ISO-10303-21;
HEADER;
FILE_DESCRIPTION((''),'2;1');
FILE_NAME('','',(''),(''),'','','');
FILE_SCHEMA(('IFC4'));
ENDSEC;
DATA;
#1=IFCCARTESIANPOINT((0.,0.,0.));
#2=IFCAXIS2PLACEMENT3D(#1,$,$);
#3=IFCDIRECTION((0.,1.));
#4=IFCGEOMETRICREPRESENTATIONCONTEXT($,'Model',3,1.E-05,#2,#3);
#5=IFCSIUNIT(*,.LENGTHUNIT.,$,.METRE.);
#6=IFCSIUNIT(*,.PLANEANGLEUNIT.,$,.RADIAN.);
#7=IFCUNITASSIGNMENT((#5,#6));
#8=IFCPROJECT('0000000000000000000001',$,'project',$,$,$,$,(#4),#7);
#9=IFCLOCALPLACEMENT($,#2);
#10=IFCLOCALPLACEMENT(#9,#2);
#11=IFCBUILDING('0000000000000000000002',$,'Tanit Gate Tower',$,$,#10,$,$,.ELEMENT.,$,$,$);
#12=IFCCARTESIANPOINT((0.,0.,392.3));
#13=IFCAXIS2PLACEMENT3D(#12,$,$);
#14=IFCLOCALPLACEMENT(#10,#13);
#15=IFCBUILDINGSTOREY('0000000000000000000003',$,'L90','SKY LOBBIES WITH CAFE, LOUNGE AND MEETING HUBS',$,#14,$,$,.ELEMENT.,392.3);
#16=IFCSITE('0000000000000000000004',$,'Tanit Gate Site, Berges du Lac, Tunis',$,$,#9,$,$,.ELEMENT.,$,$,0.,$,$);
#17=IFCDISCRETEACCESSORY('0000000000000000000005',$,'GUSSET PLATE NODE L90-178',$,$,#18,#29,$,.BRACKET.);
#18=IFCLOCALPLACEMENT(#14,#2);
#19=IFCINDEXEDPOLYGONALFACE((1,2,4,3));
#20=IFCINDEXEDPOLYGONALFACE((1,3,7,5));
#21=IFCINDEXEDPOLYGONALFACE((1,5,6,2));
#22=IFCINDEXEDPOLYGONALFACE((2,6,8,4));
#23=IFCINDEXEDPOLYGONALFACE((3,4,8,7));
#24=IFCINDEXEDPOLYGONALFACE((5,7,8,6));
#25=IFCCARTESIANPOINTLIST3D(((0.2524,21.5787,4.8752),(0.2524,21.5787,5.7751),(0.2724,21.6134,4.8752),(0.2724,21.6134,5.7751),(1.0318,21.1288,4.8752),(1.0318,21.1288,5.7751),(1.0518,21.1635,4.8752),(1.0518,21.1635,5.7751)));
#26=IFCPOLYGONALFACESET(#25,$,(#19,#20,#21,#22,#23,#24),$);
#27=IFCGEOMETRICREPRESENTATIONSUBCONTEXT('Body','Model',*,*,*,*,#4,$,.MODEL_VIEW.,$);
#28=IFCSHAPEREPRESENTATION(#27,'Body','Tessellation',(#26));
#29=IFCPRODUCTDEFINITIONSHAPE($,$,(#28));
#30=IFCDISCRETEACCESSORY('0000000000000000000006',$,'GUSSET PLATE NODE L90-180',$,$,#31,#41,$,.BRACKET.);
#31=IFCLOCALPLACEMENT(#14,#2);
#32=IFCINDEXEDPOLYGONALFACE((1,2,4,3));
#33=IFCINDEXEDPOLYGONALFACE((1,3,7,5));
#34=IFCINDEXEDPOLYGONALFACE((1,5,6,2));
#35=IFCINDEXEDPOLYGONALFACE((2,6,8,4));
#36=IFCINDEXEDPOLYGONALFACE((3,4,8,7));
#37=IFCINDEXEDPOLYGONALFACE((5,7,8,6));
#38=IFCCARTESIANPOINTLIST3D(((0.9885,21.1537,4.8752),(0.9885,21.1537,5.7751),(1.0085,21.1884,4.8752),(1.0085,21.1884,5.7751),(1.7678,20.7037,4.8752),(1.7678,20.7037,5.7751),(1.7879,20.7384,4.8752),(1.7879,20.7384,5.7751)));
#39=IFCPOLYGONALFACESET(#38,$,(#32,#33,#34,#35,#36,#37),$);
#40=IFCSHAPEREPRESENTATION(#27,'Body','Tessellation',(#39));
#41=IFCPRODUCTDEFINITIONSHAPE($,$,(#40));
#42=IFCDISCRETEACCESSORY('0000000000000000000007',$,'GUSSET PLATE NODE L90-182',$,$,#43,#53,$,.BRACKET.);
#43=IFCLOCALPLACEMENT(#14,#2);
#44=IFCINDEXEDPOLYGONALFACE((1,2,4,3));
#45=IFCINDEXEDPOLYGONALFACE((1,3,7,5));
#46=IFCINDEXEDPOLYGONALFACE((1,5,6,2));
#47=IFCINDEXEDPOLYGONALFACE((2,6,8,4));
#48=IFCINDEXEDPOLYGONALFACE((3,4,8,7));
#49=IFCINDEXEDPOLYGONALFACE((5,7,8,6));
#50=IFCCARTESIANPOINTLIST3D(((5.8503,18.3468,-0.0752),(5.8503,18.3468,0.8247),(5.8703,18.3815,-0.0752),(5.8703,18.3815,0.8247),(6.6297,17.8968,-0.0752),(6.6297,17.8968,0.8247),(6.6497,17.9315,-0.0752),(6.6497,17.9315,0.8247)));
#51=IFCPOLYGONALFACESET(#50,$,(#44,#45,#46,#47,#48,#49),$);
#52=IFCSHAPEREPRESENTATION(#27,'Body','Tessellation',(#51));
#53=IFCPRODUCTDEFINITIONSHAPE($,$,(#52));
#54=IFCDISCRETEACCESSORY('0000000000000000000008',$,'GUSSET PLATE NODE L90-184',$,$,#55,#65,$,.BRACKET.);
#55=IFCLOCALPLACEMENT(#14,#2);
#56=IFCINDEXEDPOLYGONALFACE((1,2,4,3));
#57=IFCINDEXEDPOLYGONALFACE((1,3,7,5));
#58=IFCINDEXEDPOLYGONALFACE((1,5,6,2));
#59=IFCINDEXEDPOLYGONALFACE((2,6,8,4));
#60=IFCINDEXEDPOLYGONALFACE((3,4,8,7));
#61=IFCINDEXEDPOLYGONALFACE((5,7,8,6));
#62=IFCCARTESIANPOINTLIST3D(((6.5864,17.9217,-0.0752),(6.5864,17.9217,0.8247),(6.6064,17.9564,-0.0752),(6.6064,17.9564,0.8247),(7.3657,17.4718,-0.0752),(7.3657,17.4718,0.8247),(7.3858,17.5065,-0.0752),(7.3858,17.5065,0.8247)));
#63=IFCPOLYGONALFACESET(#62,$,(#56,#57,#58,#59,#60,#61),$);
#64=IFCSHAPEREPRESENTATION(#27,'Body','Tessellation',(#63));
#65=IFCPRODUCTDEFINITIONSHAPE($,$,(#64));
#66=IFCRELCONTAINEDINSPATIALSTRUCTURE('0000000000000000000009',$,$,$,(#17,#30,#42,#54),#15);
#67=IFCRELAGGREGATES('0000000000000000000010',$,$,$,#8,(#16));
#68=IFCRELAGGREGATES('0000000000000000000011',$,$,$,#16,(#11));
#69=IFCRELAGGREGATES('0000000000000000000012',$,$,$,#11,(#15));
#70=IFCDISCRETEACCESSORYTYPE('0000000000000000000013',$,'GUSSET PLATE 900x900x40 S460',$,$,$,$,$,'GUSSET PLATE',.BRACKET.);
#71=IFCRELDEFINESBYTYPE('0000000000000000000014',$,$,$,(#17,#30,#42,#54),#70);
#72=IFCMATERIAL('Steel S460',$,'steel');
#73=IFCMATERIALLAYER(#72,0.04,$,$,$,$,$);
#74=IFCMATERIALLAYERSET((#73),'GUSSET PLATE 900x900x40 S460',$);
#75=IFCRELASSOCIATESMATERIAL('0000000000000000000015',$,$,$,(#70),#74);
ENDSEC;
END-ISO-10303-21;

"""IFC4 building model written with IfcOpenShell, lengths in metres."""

from ifc_helpers import new_model, si_unit, direction, frame, origin, origin_2d, place, context, subcontext, project, spatial, rectangle, extrude, material, layer, layer_set, type_object, element, save


model = new_model("IFC4")

# Units and contexts
model_context = context("Model", 3, precision=1e-05, world=origin(), true_north=direction((0.0, 1.0)))
body_context = subcontext(model_context, "Body", "Model", "MODEL_VIEW")
ifc_project = project(units=[si_unit("LENGTHUNIT", "METRE"), si_unit("PLANEANGLEUNIT", "RADIAN")], contexts=[model_context])

# Site, building, storey
site_placement = place(None, origin())
site = spatial("IfcSite", under=ifc_project, at=site_placement, Name="Tanit Gate Site, Berges du Lac, Tunis", CompositionType="ELEMENT", RefElevation=0.0)
building_placement = place(site_placement, origin())
building = spatial("IfcBuilding", under=site, at=building_placement, Name="Tanit Gate Tower", CompositionType="ELEMENT")
storey_placement = place(building_placement, frame((0.0, 0.0, 392.3)))
storey = spatial("IfcBuildingStorey", under=building, at=storey_placement, Name="L90", Description="SKY LOBBIES WITH CAFE, LOUNGE AND MEETING HUBS", CompositionType="ELEMENT", Elevation=392.3)

# Discrete accessories
ifc_material_1 = material(Name="Steel S460", Category="steel")
ifc_layer_1 = layer(ifc_material_1, 0.04)
ifc_layer_set_1 = layer_set([ifc_layer_1], Name="GUSSET PLATE 900x900x40 S460")
discrete_accessory_type = type_object("IfcDiscreteAccessoryType", Name="GUSSET PLATE 900x900x40 S460", ElementType="GUSSET PLATE", PredefinedType="BRACKET", material=ifc_layer_set_1)
for number, where, z_axis, x_axis, name in (
    (1, (0.6521, 21.3711, 4.8752), (0.0, 0.0, 1.0), (-0.866025, 0.5, 0.0), "GUSSET PLATE NODE L90-178"),
    (2, (1.3882, 20.946, 4.8752), (0.0, 0.0, 1.0), (0.866025, -0.5, 0.0), "GUSSET PLATE NODE L90-180"),
    (3, (6.25, 18.1392, -0.0752), (0.0, 0.0, 1.0), (-0.866025, 0.5, 0.0), "GUSSET PLATE NODE L90-182"),
    (4, (6.9861, 17.7141, -0.0752), (0.0, 0.0, 1.0), (0.866025, -0.5, 0.0), "GUSSET PLATE NODE L90-184"),
):
    element("IfcDiscreteAccessory", number, at=place(storey_placement, frame(where, z_axis=z_axis, x_axis=x_axis)), inside=storey, type_object=discrete_accessory_type, Name=name, PredefinedType="BRACKET", context=body_context, shape_type="SweptSolid", body=[
        extrude(rectangle(XDim=0.8999, YDim=0.04, at=origin_2d()), origin(), (0.0, 0.0, 1.0), 0.8999),
    ])

save(model, "model.ifc")
